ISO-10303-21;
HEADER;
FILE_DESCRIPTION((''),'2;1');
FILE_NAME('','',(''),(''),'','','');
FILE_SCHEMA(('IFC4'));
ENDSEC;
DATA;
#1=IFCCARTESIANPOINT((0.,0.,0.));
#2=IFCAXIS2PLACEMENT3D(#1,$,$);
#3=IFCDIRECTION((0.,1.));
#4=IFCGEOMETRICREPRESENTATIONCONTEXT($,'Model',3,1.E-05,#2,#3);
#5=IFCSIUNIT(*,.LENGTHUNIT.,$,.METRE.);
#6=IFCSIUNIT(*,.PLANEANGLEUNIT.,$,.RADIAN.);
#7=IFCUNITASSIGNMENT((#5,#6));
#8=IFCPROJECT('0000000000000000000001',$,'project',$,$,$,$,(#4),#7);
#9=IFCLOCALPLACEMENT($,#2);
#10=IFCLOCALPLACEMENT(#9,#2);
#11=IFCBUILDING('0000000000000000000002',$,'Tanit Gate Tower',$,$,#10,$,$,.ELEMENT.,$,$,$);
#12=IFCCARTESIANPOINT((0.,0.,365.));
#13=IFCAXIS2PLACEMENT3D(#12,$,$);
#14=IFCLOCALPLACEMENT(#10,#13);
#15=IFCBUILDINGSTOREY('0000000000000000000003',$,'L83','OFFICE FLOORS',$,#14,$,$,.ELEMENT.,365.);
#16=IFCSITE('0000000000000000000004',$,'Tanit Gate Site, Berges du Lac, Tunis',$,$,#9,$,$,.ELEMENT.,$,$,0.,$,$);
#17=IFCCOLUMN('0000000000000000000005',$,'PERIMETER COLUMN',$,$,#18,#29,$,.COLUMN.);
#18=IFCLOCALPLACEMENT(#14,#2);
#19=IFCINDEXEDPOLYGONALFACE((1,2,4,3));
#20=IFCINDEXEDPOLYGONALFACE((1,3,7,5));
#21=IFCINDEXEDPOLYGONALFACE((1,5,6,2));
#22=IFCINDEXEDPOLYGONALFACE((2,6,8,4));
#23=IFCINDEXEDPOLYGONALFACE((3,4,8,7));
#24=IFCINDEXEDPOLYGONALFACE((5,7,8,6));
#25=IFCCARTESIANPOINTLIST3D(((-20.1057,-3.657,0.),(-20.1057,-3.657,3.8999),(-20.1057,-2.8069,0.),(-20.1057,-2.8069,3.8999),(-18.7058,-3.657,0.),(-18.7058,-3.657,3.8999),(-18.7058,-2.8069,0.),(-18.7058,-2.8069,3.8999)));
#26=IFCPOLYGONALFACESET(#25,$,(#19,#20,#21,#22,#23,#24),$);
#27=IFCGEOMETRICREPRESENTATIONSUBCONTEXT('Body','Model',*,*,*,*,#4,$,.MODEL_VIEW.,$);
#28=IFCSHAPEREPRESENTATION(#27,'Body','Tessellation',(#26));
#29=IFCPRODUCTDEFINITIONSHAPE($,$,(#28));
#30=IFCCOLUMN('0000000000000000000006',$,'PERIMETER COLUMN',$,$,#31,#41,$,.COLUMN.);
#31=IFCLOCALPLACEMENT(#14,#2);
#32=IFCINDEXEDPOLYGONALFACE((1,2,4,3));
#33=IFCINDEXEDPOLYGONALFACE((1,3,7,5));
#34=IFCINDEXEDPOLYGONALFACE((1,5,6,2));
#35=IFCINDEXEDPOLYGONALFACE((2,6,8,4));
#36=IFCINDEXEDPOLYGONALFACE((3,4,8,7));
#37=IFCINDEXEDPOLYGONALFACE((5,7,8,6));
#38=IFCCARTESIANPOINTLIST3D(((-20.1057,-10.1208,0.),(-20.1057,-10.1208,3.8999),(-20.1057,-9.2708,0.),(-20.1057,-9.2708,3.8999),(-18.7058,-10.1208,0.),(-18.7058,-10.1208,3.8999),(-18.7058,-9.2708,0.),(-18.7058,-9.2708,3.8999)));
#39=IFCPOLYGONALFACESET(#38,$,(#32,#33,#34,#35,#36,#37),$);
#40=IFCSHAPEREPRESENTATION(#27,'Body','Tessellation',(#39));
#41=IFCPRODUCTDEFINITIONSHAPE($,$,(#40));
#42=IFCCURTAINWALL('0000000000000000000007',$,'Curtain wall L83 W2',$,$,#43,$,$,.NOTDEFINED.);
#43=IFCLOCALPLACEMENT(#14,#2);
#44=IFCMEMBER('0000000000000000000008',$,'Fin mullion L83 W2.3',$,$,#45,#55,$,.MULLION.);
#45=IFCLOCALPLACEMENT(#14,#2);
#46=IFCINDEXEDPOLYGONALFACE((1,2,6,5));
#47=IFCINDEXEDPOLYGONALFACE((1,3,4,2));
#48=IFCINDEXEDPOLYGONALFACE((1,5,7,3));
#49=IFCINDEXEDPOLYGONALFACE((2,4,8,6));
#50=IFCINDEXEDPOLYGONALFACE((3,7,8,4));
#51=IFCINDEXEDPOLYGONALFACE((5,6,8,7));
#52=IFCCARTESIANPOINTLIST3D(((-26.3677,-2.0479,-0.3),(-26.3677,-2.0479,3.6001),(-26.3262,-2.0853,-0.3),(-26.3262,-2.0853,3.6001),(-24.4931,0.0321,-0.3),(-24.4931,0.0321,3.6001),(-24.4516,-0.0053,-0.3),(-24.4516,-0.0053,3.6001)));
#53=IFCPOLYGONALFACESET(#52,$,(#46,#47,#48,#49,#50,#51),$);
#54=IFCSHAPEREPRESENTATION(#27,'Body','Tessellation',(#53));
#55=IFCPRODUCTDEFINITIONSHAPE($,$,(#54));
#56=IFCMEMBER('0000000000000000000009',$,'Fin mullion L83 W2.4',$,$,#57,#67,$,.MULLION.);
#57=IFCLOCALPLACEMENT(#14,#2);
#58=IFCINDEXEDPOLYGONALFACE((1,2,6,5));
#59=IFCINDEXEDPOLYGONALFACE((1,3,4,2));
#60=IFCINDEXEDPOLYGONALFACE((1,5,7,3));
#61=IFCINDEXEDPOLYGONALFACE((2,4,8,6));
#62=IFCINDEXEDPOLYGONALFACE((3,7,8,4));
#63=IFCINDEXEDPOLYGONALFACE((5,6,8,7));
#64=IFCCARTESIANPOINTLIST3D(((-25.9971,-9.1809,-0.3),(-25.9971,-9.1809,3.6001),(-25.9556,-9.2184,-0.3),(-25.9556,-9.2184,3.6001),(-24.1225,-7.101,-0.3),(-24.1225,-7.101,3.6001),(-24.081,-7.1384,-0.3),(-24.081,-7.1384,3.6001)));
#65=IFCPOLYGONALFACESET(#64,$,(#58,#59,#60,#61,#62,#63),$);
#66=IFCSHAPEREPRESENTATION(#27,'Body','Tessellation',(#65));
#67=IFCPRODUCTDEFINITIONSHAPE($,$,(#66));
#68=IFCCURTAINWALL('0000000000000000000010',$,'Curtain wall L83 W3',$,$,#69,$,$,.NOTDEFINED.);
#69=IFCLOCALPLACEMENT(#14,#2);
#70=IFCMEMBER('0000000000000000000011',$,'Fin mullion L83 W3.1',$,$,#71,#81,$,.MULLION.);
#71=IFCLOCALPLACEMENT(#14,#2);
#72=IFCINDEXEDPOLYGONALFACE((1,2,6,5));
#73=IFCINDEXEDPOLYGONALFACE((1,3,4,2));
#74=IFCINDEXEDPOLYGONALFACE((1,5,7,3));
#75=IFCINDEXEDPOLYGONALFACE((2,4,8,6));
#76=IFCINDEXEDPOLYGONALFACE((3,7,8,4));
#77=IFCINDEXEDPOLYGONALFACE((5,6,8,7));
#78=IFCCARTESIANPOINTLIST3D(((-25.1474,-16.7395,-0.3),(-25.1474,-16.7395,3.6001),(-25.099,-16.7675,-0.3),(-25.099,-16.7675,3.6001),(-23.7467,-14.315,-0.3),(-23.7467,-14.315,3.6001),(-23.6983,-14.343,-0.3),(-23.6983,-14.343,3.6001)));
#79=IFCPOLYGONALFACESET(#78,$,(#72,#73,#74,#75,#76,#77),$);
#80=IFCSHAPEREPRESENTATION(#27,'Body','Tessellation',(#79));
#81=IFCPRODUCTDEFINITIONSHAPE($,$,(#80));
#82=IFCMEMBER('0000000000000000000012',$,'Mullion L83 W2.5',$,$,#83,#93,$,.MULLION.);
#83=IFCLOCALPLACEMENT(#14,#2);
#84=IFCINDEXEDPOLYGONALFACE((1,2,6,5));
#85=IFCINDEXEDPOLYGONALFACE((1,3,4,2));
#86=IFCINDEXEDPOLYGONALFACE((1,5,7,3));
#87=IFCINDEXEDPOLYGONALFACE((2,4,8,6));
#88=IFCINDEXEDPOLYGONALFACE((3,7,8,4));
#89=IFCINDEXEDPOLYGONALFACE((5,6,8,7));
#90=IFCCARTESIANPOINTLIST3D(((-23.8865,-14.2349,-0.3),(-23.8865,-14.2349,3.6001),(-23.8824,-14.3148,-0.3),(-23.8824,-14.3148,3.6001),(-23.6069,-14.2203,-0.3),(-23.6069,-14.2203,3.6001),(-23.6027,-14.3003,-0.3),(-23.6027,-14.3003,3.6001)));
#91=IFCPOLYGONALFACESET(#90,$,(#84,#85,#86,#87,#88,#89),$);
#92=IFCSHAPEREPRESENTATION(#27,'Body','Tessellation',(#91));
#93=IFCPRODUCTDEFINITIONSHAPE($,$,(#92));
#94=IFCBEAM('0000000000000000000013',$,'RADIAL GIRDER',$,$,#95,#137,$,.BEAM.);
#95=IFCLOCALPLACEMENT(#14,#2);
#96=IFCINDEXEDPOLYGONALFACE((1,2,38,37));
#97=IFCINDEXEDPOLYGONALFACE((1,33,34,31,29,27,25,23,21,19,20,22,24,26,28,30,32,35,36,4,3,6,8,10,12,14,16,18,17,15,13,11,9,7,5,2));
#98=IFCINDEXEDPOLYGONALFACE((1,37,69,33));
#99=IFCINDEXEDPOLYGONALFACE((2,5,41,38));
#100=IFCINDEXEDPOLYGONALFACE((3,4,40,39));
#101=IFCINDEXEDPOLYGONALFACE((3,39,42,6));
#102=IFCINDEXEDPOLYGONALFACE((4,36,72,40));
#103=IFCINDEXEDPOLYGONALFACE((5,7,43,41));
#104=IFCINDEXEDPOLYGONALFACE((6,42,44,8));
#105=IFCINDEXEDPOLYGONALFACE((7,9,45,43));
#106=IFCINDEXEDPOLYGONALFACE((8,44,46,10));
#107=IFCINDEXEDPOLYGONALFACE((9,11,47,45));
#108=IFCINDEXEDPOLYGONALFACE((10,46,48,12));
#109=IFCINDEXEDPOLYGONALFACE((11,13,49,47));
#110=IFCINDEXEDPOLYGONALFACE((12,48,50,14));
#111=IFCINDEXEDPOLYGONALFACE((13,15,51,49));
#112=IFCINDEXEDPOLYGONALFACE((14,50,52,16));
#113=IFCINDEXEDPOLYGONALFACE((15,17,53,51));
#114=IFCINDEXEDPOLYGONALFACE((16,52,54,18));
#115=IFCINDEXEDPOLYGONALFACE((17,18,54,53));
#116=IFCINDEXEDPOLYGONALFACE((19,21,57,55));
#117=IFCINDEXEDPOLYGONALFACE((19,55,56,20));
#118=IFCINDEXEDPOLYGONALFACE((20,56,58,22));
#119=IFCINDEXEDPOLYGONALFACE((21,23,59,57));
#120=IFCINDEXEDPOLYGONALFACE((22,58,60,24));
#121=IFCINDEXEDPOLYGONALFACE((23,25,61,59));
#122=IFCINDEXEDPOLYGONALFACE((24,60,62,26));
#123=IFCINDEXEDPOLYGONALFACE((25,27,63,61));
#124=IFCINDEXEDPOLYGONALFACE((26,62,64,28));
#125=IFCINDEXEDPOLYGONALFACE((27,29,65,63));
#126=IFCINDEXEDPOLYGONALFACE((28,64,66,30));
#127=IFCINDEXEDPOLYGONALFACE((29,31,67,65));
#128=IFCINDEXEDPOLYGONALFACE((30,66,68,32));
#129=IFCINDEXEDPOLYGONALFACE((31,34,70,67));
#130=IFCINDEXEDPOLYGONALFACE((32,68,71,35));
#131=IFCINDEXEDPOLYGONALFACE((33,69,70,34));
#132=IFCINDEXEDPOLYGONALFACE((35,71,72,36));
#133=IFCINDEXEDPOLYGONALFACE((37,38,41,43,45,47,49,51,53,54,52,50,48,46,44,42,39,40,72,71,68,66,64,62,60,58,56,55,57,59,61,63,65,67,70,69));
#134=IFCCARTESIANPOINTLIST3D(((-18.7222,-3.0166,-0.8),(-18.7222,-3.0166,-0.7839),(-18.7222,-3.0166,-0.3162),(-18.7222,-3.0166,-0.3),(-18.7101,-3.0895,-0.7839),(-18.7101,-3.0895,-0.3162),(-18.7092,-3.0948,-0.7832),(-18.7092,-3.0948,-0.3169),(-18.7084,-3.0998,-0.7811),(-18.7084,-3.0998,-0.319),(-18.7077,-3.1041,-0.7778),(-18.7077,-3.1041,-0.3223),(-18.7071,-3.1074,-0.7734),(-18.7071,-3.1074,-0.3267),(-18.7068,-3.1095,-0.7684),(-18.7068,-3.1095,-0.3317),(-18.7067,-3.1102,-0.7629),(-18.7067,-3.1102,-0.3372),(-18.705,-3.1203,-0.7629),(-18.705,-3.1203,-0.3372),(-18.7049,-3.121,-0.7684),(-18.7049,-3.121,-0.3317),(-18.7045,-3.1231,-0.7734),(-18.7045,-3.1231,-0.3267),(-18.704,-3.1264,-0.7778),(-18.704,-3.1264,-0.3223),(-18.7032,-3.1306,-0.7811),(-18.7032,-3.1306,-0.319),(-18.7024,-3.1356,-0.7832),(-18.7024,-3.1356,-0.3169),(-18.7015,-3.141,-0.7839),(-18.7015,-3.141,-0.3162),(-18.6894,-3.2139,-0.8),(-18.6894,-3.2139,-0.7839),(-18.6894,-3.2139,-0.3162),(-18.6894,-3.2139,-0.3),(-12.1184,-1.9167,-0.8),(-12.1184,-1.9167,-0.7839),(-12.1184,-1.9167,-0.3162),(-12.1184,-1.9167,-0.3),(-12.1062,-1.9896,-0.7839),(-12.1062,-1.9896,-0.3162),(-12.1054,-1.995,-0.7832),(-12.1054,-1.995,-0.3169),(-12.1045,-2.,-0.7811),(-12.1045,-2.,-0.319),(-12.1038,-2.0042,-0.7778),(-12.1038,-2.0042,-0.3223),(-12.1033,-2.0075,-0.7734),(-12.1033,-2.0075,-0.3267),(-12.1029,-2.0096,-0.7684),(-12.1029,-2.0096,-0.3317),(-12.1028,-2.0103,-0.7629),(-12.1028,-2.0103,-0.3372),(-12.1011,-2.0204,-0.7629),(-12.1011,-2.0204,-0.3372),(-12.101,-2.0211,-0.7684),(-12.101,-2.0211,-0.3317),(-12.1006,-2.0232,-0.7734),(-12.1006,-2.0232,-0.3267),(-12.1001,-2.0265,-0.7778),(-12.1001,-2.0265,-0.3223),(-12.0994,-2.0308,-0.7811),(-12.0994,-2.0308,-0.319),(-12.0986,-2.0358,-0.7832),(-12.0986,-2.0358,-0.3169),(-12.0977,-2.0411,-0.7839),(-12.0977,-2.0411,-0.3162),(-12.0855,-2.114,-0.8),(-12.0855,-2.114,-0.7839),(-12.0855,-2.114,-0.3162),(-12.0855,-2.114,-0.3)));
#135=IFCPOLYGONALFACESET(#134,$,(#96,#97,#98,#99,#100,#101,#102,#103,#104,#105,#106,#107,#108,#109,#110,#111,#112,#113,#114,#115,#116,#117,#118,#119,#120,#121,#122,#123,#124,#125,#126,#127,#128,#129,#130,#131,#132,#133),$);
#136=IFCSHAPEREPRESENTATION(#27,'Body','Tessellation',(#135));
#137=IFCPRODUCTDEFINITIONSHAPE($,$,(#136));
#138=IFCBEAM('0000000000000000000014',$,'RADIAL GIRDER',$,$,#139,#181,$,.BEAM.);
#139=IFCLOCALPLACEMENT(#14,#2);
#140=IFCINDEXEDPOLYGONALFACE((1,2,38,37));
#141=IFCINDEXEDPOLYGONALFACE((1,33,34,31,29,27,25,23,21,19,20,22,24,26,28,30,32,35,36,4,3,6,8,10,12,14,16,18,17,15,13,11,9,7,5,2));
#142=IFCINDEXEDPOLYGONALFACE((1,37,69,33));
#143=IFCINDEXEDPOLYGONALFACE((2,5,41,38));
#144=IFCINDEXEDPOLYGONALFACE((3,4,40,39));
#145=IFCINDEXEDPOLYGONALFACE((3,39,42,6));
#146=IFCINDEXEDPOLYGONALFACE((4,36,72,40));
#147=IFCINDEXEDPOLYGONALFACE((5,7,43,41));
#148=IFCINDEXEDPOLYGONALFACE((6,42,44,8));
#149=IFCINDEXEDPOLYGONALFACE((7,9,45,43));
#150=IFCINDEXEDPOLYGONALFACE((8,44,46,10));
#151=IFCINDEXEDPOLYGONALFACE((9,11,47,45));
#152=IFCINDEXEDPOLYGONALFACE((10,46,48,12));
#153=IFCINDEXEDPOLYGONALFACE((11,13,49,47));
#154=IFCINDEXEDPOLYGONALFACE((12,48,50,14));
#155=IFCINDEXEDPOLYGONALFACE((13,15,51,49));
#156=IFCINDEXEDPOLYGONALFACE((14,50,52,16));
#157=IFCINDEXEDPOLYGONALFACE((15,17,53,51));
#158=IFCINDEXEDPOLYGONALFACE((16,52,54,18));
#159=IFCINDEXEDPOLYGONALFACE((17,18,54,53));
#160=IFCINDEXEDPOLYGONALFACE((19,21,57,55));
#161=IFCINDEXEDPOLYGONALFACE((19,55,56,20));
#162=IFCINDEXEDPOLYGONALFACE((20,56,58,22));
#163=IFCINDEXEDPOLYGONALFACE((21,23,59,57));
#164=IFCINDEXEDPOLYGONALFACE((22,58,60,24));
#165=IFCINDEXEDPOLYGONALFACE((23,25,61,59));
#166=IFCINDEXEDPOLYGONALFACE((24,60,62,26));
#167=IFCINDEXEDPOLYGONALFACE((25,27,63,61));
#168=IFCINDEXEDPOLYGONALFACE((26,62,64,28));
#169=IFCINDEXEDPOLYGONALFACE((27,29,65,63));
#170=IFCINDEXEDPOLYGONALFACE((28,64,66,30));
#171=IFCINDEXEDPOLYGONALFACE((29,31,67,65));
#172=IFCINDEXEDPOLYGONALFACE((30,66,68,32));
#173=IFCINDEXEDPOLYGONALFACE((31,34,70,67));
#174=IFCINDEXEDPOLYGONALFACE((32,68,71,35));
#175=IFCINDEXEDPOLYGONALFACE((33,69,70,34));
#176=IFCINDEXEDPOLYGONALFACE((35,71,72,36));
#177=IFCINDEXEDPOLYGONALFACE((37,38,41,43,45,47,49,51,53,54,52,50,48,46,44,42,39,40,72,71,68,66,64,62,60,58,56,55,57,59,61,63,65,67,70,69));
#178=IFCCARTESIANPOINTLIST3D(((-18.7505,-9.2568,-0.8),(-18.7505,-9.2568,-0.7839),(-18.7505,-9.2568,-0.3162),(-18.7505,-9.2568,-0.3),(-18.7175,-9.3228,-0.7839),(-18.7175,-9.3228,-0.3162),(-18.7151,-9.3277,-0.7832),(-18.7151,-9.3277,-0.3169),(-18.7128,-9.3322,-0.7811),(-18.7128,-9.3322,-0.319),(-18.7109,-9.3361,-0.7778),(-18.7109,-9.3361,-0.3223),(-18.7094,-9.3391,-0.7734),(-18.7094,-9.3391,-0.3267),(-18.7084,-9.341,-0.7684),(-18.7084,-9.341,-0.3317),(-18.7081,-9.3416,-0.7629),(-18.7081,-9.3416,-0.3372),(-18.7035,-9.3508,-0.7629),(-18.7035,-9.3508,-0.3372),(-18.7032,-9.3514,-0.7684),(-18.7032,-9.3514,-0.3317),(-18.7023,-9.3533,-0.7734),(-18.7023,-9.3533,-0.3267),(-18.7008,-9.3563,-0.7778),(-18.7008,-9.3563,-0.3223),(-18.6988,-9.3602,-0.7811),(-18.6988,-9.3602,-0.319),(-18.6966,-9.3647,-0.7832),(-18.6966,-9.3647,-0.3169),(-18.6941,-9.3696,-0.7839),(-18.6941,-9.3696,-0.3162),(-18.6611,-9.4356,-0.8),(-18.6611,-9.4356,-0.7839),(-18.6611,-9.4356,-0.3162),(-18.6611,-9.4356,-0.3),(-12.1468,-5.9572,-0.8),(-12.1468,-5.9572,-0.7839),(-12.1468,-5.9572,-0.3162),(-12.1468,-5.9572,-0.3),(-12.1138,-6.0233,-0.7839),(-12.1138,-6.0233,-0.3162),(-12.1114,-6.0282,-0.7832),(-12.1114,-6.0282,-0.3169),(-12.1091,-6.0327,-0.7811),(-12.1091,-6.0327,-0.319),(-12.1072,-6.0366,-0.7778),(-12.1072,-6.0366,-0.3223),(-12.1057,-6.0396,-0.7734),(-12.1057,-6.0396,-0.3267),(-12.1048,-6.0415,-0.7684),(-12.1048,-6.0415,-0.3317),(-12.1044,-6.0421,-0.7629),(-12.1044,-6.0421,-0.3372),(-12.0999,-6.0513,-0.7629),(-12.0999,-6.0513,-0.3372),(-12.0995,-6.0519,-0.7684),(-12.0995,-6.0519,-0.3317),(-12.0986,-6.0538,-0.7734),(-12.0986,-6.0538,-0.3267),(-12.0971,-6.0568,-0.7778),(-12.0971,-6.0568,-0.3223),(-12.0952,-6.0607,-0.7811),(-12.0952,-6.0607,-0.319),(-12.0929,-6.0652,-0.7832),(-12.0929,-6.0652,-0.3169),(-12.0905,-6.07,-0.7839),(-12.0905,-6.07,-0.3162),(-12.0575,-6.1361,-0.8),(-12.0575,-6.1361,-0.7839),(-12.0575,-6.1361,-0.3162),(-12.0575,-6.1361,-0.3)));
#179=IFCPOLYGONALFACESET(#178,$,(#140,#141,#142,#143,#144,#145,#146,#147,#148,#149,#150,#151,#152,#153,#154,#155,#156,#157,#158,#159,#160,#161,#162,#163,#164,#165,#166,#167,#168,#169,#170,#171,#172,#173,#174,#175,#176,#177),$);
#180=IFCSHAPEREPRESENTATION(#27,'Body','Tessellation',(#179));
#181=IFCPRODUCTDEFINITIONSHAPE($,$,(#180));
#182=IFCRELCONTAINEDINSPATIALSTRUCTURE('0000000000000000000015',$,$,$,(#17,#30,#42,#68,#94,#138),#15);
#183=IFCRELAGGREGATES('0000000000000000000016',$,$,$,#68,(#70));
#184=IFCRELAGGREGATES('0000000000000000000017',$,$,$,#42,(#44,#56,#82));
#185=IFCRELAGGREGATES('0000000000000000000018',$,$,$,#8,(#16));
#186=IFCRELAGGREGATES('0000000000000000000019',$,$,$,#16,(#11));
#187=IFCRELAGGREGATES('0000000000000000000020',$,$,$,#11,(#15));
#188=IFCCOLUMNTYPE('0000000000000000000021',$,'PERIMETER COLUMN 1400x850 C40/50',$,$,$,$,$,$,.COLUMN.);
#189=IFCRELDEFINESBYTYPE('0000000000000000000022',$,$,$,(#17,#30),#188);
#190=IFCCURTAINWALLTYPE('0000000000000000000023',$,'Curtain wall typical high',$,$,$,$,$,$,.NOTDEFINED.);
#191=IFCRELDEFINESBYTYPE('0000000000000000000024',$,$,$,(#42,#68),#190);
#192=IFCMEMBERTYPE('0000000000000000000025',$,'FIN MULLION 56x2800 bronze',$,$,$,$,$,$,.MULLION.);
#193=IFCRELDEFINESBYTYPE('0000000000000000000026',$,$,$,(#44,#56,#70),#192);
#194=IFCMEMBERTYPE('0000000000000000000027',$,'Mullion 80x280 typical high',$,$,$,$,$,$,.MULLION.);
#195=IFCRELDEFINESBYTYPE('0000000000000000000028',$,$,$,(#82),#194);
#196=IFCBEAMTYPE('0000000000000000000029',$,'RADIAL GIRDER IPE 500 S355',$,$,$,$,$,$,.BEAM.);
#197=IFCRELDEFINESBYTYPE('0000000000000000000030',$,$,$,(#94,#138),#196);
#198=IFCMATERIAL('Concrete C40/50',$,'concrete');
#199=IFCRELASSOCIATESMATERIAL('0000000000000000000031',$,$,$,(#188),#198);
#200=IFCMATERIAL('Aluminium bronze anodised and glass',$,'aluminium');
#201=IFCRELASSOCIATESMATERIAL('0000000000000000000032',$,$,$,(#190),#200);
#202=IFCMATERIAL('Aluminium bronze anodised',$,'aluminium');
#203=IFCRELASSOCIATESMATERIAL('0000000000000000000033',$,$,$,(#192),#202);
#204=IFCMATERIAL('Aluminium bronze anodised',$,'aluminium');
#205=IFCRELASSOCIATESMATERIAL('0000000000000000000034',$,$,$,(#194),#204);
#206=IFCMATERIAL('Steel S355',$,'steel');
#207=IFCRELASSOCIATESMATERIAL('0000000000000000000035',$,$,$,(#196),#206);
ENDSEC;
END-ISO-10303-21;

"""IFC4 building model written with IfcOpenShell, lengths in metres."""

from ifc_helpers import new_model, si_unit, direction, frame, origin, origin_2d, place, context, subcontext, project, spatial, rectangle, i_section, extrude, material, material_profile, profile_set, type_object, element, aggregate, save


model = new_model("IFC4")

# Units and contexts
model_context = context("Model", 3, precision=1e-05, world=origin(), true_north=direction((0.0, 1.0)))
body_context = subcontext(model_context, "Body", "Model", "MODEL_VIEW")
ifc_project = project(units=[si_unit("LENGTHUNIT", "METRE"), si_unit("PLANEANGLEUNIT", "RADIAN")], contexts=[model_context])

# Site, building, storey
site_placement = place(None, origin())
site = spatial("IfcSite", under=ifc_project, at=site_placement, Name="Tanit Gate Site, Berges du Lac, Tunis", CompositionType="ELEMENT", RefElevation=0.0)
building_placement = place(site_placement, origin())
building = spatial("IfcBuilding", under=site, at=building_placement, Name="Tanit Gate Tower", CompositionType="ELEMENT")
storey_placement = place(building_placement, frame((0.0, 0.0, 365.0)))
storey = spatial("IfcBuildingStorey", under=building, at=storey_placement, Name="L83", Description="OFFICE FLOORS", CompositionType="ELEMENT", Elevation=365.0)

# Columns
ifc_material_1 = material(Name="Concrete C40/50", Category="concrete")
ifc_material_profile_1 = material_profile(ifc_material_1, rectangle(XDim=1.3999, YDim=0.8501, at=origin_2d()), Name="RC 1400x850")
ifc_profile_set_1 = profile_set([ifc_material_profile_1], Name="Concrete C40/50")
column_type = type_object("IfcColumnType", Name="PERIMETER COLUMN 1400x850 C40/50", PredefinedType="COLUMN", material=ifc_profile_set_1)
for number, where, z_axis, x_axis, name in (
    (1, (-19.4058, -3.2319, 0.0), (0.0, 0.0, 1.0), (-1.0, 0.0, 0.0), "PERIMETER COLUMN"),
    (2, (-19.4058, -9.6958, 0.0), (0.0, 0.0, 1.0), (-1.0, 0.0, 0.0), "PERIMETER COLUMN"),
):
    element("IfcColumn", number, at=place(storey_placement, frame(where, z_axis=z_axis, x_axis=x_axis)), inside=storey, type_object=column_type, Name=name, PredefinedType="COLUMN", context=body_context, shape_type="SweptSolid", body=[
        extrude(rectangle(XDim=1.3999, YDim=0.8501, at=origin_2d()), origin(), (0.0, 0.0, 1.0), 3.8999),
    ])

# Curtain wall, members
ifc_material_2 = material(Name="Aluminium bronze anodised and glass", Category="aluminium")
curtain_wall_type = type_object("IfcCurtainWallType", Name="Curtain wall typical high", PredefinedType="NOTDEFINED", material=ifc_material_2)
curtain_wall_1_placement = place(storey_placement, origin())
curtain_wall_1 = element("IfcCurtainWall", 3, at=curtain_wall_1_placement, inside=storey, type_object=curtain_wall_type, Name="Curtain wall L83 W2", PredefinedType="NOTDEFINED")
ifc_material_3 = material(Name="Aluminium bronze anodised", Category="aluminium")
ifc_material_profile_2 = material_profile(ifc_material_3, rectangle(XDim=2.8, YDim=0.0559, at=origin_2d()), Name="56x2800 bronze fin mullion")
ifc_profile_set_2 = profile_set([ifc_material_profile_2], Name="Aluminium bronze anodised")
member_type_1 = type_object("IfcMemberType", Name="FIN MULLION 56x2800 bronze", PredefinedType="MULLION", material=ifc_profile_set_2)
member_1_placement = place(storey_placement, frame((-25.4097, -1.0266, -0.3), z_axis=(0.0, 0.0, 1.0), x_axis=(0.669481, 0.742829, 0.0)))
member_1 = element("IfcMember", 4, at=member_1_placement, type_object=member_type_1, Name="Fin mullion L83 W2.3", PredefinedType="MULLION", context=body_context, shape_type="SweptSolid", body=[
    extrude(rectangle(XDim=2.8, YDim=0.0559, at=origin_2d()), origin(), (0.0, 0.0, 1.0), 3.9001),
])
member_2_placement = place(storey_placement, frame((-25.0391, -8.1597, -0.3), z_axis=(0.0, 0.0, 1.0), x_axis=(0.669481, 0.742829, 0.0)))
member_2 = element("IfcMember", 5, at=member_2_placement, type_object=member_type_1, Name="Fin mullion L83 W2.4", PredefinedType="MULLION", context=body_context, shape_type="SweptSolid", body=[
    extrude(rectangle(XDim=2.8, YDim=0.0559, at=origin_2d()), origin(), (0.0, 0.0, 1.0), 3.9001),
])

# Curtain wall, member
curtain_wall_2_placement = place(storey_placement, origin())
curtain_wall_2 = element("IfcCurtainWall", 6, at=curtain_wall_2_placement, inside=storey, type_object=curtain_wall_type, Name="Curtain wall L83 W3", PredefinedType="NOTDEFINED")
member_3_placement = place(storey_placement, frame((-24.4229, -15.5413, -0.3), z_axis=(0.0, 0.0, 1.0), x_axis=(0.500272, 0.865868, 0.0)))
member_3 = element("IfcMember", 7, at=member_3_placement, type_object=member_type_1, Name="Fin mullion L83 W3.1", PredefinedType="MULLION", context=body_context, shape_type="SweptSolid", body=[
    extrude(rectangle(XDim=2.8, YDim=0.0559, at=origin_2d()), origin(), (0.0, 0.0, 1.0), 3.9001),
])

# Member
ifc_material_4 = material(Name="Aluminium bronze anodised", Category="aluminium")
ifc_material_profile_3 = material_profile(ifc_material_4, rectangle(XDim=0.28, YDim=0.0801, at=origin_2d()), Name="80x280 bronze mullion")
ifc_profile_set_3 = profile_set([ifc_material_profile_3], Name="Aluminium bronze anodised")
member_type_2 = type_object("IfcMemberType", Name="Mullion 80x280 typical high", PredefinedType="MULLION", material=ifc_profile_set_3)
member_4_placement = place(storey_placement, frame((-23.7446, -14.2676, -0.3), z_axis=(0.0, 0.0, 1.0), x_axis=(0.998654, 0.051865, 0.0)))
member_4 = element("IfcMember", 8, at=member_4_placement, type_object=member_type_2, Name="Mullion L83 W2.5", PredefinedType="MULLION", context=body_context, shape_type="SweptSolid", body=[
    extrude(rectangle(XDim=0.28, YDim=0.0801, at=origin_2d()), origin(), (0.0, 0.0, 1.0), 3.9001),
])

# Beams
ifc_material_5 = material(Name="Steel S355", Category="steel")
ifc_material_profile_4 = material_profile(ifc_material_5, i_section(OverallWidth=0.2, OverallDepth=0.5, WebThickness=0.0103, FlangeThickness=0.0161, FilletRadius=0.021, at=origin_2d()), Name="IPE 500")
ifc_profile_set_4 = profile_set([ifc_material_profile_4], Name="Steel S355")
beam_type_1 = type_object("IfcBeamType", Name="RADIAL GIRDER IPE 500 S355", PredefinedType="BEAM", material=ifc_profile_set_4)
beam_1_placement = place(storey_placement, frame((-18.7058, -3.1152, -0.55), z_axis=(0.986413, 0.164287, 0.0), x_axis=(-0.164287, 0.986413, 0.0)))
element("IfcBeam", 9, at=beam_1_placement, inside=storey, type_object=beam_type_1, Name="RADIAL GIRDER", PredefinedType="BEAM", context=body_context, shape_type="SweptSolid", body=[
    extrude(i_section(OverallWidth=0.2, OverallDepth=0.5, WebThickness=0.0103, FlangeThickness=0.0161, FilletRadius=0.021, at=origin_2d()), origin(), (0.0, 0.0, 1.0), 6.6948),
])
beam_2_placement = place(storey_placement, frame((-18.7058, -9.3462, -0.55), z_axis=(0.894553, 0.446962, 0.0), x_axis=(-0.446962, 0.894553, 0.0)))
element("IfcBeam", 10, at=beam_2_placement, inside=storey, type_object=beam_type_1, Name="RADIAL GIRDER", PredefinedType="BEAM", context=body_context, shape_type="SweptSolid", body=[
    extrude(i_section(OverallWidth=0.2, OverallDepth=0.5, WebThickness=0.0103, FlangeThickness=0.0161, FilletRadius=0.021, at=origin_2d()), origin(), (0.0, 0.0, 1.0), 7.3821),
])

aggregate(curtain_wall_2, [member_3])

aggregate(curtain_wall_1, [member_1, member_2, member_4])

save(model, "model.ifc")
